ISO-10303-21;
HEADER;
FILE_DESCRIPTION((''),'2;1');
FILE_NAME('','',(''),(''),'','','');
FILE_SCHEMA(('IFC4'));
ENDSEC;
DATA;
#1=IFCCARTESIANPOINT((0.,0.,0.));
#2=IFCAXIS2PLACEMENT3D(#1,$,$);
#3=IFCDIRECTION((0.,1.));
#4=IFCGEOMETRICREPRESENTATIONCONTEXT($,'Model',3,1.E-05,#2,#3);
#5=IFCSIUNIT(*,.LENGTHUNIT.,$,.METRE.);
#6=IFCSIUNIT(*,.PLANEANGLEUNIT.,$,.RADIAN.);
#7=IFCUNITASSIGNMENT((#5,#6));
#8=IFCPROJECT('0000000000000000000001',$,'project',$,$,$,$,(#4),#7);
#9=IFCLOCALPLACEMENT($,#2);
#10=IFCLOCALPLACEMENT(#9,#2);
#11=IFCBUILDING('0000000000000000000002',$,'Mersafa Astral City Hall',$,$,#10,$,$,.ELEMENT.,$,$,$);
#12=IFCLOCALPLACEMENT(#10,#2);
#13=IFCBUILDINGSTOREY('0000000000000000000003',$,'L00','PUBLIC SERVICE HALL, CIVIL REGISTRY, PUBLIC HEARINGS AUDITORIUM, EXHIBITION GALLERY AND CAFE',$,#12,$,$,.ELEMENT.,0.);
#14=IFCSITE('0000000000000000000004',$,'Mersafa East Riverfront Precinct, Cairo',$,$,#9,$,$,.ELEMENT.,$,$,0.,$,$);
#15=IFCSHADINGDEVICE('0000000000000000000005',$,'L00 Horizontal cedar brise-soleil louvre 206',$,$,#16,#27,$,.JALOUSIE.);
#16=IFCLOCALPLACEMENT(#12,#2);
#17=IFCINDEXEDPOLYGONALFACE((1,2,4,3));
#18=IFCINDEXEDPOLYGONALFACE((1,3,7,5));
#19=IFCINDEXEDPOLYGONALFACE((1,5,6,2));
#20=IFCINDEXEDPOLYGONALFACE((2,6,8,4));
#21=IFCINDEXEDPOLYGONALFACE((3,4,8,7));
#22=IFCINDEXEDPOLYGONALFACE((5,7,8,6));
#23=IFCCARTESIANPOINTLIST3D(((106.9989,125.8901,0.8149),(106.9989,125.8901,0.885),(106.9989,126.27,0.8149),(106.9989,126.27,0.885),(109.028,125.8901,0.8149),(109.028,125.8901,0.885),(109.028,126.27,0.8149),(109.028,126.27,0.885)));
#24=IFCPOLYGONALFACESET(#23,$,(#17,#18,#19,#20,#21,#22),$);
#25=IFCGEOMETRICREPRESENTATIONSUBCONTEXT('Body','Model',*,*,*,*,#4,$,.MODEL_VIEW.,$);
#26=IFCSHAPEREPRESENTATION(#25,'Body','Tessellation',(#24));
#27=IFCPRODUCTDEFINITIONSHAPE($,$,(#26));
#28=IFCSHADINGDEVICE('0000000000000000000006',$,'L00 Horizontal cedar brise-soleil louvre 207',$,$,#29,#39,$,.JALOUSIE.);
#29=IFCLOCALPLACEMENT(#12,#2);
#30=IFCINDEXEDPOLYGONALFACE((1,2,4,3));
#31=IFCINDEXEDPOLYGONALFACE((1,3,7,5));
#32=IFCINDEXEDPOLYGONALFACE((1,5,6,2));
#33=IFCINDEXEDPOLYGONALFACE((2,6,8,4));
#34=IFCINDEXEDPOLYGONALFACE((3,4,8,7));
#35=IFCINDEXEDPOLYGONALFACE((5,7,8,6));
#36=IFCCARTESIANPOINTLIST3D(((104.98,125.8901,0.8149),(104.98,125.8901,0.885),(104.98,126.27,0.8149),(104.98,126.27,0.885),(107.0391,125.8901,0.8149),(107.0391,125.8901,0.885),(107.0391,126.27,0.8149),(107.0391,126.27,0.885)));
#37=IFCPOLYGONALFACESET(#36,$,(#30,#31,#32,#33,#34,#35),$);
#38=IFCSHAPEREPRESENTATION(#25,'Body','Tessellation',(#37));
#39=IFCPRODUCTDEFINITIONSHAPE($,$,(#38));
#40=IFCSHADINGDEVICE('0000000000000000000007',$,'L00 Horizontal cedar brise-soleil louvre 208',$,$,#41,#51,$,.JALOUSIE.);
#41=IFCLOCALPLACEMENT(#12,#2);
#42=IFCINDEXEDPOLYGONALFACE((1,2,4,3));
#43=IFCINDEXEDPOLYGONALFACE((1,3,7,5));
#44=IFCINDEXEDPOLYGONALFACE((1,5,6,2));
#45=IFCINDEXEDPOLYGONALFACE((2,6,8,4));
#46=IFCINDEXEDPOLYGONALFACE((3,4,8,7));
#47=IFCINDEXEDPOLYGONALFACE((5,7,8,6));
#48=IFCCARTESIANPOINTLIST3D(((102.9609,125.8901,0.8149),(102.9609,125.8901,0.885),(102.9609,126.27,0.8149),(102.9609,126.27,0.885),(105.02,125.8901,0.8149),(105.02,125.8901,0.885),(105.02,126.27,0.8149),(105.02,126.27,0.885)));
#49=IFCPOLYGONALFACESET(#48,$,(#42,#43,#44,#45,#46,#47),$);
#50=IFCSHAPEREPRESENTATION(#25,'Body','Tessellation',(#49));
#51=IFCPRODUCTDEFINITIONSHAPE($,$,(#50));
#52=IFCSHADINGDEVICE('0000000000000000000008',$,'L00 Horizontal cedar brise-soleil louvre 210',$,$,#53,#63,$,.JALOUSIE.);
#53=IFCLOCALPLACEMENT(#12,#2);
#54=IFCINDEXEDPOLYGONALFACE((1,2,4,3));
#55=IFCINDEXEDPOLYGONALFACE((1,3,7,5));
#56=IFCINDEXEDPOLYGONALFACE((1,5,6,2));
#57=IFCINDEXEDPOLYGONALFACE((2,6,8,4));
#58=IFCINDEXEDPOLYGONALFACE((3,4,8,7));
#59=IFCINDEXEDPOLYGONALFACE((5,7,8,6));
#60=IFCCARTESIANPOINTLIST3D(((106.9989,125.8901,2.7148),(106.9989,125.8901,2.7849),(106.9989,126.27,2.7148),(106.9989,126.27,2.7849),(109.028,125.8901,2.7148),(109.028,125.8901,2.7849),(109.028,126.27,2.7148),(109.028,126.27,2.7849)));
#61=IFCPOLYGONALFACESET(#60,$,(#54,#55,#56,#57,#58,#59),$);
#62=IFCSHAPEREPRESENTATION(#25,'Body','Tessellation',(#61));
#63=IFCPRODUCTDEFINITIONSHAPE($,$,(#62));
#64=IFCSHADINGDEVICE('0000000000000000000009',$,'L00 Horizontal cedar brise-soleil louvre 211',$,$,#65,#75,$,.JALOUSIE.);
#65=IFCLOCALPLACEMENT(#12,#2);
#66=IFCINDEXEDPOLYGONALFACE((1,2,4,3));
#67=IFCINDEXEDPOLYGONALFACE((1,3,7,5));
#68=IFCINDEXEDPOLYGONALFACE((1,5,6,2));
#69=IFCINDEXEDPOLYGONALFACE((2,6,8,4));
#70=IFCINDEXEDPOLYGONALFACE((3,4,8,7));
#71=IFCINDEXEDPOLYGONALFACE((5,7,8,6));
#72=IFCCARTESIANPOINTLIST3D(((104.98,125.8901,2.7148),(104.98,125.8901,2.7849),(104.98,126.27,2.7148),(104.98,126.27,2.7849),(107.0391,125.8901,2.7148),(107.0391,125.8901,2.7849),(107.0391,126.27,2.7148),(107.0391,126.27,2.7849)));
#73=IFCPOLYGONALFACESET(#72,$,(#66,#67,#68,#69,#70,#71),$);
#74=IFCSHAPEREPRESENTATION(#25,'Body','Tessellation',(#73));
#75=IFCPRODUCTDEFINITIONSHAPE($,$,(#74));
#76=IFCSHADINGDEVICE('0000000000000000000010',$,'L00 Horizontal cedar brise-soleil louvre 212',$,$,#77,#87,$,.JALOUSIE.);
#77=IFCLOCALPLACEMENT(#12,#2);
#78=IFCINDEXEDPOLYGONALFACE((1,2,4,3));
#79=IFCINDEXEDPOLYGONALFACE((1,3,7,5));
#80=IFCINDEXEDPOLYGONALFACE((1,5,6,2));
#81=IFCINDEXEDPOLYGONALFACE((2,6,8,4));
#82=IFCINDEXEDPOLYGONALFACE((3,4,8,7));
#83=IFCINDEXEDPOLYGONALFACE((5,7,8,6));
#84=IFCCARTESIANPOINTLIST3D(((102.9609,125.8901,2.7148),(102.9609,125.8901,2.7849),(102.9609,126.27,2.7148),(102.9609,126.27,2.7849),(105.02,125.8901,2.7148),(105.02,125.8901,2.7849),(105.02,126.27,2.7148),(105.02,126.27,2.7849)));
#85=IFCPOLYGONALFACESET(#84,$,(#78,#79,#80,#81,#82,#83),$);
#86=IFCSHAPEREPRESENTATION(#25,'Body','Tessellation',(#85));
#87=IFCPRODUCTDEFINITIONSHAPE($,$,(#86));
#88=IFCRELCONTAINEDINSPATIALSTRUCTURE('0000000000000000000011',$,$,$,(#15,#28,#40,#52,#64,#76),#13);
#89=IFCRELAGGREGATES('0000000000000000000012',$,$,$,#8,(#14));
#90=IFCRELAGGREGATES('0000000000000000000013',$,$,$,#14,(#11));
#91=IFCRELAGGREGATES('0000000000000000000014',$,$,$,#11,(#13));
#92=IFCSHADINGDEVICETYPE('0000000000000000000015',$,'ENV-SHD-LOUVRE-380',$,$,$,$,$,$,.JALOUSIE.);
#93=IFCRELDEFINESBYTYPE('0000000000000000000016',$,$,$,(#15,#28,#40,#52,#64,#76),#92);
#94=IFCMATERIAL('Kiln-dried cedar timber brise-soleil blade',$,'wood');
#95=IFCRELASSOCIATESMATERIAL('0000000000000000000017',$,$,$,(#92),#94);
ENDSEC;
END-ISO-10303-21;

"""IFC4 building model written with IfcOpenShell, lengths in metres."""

from ifc_helpers import new_model, si_unit, direction, frame, origin, origin_2d, place, context, subcontext, project, spatial, rectangle, extrude, material, type_object, element, save


model = new_model("IFC4")

# Units and contexts
model_context = context("Model", 3, precision=1e-05, world=origin(), true_north=direction((0.0, 1.0)))
body_context = subcontext(model_context, "Body", "Model", "MODEL_VIEW")
ifc_project = project(units=[si_unit("LENGTHUNIT", "METRE"), si_unit("PLANEANGLEUNIT", "RADIAN")], contexts=[model_context])

# Site, building, storey
site_placement = place(None, origin())
site = spatial("IfcSite", under=ifc_project, at=site_placement, Name="Mersafa East Riverfront Precinct, Cairo", CompositionType="ELEMENT", RefElevation=0.0)
building_placement = place(site_placement, origin())
building = spatial("IfcBuilding", under=site, at=building_placement, Name="Mersafa Astral City Hall", CompositionType="ELEMENT")
storey_placement = place(building_placement, origin())
storey = spatial("IfcBuildingStorey", under=building, at=storey_placement, Name="L00", Description="PUBLIC SERVICE HALL, CIVIL REGISTRY, PUBLIC HEARINGS AUDITORIUM, EXHIBITION GALLERY AND CAFE", CompositionType="ELEMENT", Elevation=0.0)

# Shading devices
ifc_material_1 = material(Name="Kiln-dried cedar timber brise-soleil blade", Category="wood")
shading_device_type = type_object("IfcShadingDeviceType", Name="ENV-SHD-LOUVRE-380", PredefinedType="JALOUSIE", material=ifc_material_1)
shading_device_1_placement = place(storey_placement, frame((108.0134, 126.0801, 0.8149), z_axis=(0.0, 0.0, 1.0), x_axis=(-1.0, 0.0, 0.0)))
element("IfcShadingDevice", 1, at=shading_device_1_placement, inside=storey, type_object=shading_device_type, Name="L00 Horizontal cedar brise-soleil louvre 206", PredefinedType="JALOUSIE", context=body_context, shape_type="SweptSolid", body=[
    extrude(rectangle(XDim=2.0291, YDim=0.3799, at=origin_2d()), origin(), (0.0, 0.0, 1.0), 0.0701),
])
for number, where, z_axis, x_axis, name in (
    (2, (106.0095, 126.0801, 0.8149), (0.0, 0.0, 1.0), (-1.0, 0.0, 0.0), "L00 Horizontal cedar brise-soleil louvre 207"),
    (3, (103.9905, 126.0801, 0.8149), (0.0, 0.0, 1.0), (-1.0, 0.0, 0.0), "L00 Horizontal cedar brise-soleil louvre 208"),
):
    element("IfcShadingDevice", number, at=place(storey_placement, frame(where, z_axis=z_axis, x_axis=x_axis)), inside=storey, type_object=shading_device_type, Name=name, PredefinedType="JALOUSIE", context=body_context, shape_type="SweptSolid", body=[
        extrude(rectangle(XDim=2.0591, YDim=0.3799, at=origin_2d()), origin(), (0.0, 0.0, 1.0), 0.0701),
    ])
shading_device_2_placement = place(storey_placement, frame((108.0134, 126.0801, 2.7148), z_axis=(0.0, 0.0, 1.0), x_axis=(-1.0, 0.0, 0.0)))
element("IfcShadingDevice", 4, at=shading_device_2_placement, inside=storey, type_object=shading_device_type, Name="L00 Horizontal cedar brise-soleil louvre 210", PredefinedType="JALOUSIE", context=body_context, shape_type="SweptSolid", body=[
    extrude(rectangle(XDim=2.0291, YDim=0.3799, at=origin_2d()), origin(), (0.0, 0.0, 1.0), 0.0701),
])
for number, where, z_axis, x_axis, name in (
    (5, (106.0095, 126.0801, 2.7148), (0.0, 0.0, 1.0), (-1.0, 0.0, 0.0), "L00 Horizontal cedar brise-soleil louvre 211"),
    (6, (103.9905, 126.0801, 2.7148), (0.0, 0.0, 1.0), (-1.0, 0.0, 0.0), "L00 Horizontal cedar brise-soleil louvre 212"),
):
    element("IfcShadingDevice", number, at=place(storey_placement, frame(where, z_axis=z_axis, x_axis=x_axis)), inside=storey, type_object=shading_device_type, Name=name, PredefinedType="JALOUSIE", context=body_context, shape_type="SweptSolid", body=[
        extrude(rectangle(XDim=2.0591, YDim=0.3799, at=origin_2d()), origin(), (0.0, 0.0, 1.0), 0.0701),
    ])

save(model, "model.ifc")
